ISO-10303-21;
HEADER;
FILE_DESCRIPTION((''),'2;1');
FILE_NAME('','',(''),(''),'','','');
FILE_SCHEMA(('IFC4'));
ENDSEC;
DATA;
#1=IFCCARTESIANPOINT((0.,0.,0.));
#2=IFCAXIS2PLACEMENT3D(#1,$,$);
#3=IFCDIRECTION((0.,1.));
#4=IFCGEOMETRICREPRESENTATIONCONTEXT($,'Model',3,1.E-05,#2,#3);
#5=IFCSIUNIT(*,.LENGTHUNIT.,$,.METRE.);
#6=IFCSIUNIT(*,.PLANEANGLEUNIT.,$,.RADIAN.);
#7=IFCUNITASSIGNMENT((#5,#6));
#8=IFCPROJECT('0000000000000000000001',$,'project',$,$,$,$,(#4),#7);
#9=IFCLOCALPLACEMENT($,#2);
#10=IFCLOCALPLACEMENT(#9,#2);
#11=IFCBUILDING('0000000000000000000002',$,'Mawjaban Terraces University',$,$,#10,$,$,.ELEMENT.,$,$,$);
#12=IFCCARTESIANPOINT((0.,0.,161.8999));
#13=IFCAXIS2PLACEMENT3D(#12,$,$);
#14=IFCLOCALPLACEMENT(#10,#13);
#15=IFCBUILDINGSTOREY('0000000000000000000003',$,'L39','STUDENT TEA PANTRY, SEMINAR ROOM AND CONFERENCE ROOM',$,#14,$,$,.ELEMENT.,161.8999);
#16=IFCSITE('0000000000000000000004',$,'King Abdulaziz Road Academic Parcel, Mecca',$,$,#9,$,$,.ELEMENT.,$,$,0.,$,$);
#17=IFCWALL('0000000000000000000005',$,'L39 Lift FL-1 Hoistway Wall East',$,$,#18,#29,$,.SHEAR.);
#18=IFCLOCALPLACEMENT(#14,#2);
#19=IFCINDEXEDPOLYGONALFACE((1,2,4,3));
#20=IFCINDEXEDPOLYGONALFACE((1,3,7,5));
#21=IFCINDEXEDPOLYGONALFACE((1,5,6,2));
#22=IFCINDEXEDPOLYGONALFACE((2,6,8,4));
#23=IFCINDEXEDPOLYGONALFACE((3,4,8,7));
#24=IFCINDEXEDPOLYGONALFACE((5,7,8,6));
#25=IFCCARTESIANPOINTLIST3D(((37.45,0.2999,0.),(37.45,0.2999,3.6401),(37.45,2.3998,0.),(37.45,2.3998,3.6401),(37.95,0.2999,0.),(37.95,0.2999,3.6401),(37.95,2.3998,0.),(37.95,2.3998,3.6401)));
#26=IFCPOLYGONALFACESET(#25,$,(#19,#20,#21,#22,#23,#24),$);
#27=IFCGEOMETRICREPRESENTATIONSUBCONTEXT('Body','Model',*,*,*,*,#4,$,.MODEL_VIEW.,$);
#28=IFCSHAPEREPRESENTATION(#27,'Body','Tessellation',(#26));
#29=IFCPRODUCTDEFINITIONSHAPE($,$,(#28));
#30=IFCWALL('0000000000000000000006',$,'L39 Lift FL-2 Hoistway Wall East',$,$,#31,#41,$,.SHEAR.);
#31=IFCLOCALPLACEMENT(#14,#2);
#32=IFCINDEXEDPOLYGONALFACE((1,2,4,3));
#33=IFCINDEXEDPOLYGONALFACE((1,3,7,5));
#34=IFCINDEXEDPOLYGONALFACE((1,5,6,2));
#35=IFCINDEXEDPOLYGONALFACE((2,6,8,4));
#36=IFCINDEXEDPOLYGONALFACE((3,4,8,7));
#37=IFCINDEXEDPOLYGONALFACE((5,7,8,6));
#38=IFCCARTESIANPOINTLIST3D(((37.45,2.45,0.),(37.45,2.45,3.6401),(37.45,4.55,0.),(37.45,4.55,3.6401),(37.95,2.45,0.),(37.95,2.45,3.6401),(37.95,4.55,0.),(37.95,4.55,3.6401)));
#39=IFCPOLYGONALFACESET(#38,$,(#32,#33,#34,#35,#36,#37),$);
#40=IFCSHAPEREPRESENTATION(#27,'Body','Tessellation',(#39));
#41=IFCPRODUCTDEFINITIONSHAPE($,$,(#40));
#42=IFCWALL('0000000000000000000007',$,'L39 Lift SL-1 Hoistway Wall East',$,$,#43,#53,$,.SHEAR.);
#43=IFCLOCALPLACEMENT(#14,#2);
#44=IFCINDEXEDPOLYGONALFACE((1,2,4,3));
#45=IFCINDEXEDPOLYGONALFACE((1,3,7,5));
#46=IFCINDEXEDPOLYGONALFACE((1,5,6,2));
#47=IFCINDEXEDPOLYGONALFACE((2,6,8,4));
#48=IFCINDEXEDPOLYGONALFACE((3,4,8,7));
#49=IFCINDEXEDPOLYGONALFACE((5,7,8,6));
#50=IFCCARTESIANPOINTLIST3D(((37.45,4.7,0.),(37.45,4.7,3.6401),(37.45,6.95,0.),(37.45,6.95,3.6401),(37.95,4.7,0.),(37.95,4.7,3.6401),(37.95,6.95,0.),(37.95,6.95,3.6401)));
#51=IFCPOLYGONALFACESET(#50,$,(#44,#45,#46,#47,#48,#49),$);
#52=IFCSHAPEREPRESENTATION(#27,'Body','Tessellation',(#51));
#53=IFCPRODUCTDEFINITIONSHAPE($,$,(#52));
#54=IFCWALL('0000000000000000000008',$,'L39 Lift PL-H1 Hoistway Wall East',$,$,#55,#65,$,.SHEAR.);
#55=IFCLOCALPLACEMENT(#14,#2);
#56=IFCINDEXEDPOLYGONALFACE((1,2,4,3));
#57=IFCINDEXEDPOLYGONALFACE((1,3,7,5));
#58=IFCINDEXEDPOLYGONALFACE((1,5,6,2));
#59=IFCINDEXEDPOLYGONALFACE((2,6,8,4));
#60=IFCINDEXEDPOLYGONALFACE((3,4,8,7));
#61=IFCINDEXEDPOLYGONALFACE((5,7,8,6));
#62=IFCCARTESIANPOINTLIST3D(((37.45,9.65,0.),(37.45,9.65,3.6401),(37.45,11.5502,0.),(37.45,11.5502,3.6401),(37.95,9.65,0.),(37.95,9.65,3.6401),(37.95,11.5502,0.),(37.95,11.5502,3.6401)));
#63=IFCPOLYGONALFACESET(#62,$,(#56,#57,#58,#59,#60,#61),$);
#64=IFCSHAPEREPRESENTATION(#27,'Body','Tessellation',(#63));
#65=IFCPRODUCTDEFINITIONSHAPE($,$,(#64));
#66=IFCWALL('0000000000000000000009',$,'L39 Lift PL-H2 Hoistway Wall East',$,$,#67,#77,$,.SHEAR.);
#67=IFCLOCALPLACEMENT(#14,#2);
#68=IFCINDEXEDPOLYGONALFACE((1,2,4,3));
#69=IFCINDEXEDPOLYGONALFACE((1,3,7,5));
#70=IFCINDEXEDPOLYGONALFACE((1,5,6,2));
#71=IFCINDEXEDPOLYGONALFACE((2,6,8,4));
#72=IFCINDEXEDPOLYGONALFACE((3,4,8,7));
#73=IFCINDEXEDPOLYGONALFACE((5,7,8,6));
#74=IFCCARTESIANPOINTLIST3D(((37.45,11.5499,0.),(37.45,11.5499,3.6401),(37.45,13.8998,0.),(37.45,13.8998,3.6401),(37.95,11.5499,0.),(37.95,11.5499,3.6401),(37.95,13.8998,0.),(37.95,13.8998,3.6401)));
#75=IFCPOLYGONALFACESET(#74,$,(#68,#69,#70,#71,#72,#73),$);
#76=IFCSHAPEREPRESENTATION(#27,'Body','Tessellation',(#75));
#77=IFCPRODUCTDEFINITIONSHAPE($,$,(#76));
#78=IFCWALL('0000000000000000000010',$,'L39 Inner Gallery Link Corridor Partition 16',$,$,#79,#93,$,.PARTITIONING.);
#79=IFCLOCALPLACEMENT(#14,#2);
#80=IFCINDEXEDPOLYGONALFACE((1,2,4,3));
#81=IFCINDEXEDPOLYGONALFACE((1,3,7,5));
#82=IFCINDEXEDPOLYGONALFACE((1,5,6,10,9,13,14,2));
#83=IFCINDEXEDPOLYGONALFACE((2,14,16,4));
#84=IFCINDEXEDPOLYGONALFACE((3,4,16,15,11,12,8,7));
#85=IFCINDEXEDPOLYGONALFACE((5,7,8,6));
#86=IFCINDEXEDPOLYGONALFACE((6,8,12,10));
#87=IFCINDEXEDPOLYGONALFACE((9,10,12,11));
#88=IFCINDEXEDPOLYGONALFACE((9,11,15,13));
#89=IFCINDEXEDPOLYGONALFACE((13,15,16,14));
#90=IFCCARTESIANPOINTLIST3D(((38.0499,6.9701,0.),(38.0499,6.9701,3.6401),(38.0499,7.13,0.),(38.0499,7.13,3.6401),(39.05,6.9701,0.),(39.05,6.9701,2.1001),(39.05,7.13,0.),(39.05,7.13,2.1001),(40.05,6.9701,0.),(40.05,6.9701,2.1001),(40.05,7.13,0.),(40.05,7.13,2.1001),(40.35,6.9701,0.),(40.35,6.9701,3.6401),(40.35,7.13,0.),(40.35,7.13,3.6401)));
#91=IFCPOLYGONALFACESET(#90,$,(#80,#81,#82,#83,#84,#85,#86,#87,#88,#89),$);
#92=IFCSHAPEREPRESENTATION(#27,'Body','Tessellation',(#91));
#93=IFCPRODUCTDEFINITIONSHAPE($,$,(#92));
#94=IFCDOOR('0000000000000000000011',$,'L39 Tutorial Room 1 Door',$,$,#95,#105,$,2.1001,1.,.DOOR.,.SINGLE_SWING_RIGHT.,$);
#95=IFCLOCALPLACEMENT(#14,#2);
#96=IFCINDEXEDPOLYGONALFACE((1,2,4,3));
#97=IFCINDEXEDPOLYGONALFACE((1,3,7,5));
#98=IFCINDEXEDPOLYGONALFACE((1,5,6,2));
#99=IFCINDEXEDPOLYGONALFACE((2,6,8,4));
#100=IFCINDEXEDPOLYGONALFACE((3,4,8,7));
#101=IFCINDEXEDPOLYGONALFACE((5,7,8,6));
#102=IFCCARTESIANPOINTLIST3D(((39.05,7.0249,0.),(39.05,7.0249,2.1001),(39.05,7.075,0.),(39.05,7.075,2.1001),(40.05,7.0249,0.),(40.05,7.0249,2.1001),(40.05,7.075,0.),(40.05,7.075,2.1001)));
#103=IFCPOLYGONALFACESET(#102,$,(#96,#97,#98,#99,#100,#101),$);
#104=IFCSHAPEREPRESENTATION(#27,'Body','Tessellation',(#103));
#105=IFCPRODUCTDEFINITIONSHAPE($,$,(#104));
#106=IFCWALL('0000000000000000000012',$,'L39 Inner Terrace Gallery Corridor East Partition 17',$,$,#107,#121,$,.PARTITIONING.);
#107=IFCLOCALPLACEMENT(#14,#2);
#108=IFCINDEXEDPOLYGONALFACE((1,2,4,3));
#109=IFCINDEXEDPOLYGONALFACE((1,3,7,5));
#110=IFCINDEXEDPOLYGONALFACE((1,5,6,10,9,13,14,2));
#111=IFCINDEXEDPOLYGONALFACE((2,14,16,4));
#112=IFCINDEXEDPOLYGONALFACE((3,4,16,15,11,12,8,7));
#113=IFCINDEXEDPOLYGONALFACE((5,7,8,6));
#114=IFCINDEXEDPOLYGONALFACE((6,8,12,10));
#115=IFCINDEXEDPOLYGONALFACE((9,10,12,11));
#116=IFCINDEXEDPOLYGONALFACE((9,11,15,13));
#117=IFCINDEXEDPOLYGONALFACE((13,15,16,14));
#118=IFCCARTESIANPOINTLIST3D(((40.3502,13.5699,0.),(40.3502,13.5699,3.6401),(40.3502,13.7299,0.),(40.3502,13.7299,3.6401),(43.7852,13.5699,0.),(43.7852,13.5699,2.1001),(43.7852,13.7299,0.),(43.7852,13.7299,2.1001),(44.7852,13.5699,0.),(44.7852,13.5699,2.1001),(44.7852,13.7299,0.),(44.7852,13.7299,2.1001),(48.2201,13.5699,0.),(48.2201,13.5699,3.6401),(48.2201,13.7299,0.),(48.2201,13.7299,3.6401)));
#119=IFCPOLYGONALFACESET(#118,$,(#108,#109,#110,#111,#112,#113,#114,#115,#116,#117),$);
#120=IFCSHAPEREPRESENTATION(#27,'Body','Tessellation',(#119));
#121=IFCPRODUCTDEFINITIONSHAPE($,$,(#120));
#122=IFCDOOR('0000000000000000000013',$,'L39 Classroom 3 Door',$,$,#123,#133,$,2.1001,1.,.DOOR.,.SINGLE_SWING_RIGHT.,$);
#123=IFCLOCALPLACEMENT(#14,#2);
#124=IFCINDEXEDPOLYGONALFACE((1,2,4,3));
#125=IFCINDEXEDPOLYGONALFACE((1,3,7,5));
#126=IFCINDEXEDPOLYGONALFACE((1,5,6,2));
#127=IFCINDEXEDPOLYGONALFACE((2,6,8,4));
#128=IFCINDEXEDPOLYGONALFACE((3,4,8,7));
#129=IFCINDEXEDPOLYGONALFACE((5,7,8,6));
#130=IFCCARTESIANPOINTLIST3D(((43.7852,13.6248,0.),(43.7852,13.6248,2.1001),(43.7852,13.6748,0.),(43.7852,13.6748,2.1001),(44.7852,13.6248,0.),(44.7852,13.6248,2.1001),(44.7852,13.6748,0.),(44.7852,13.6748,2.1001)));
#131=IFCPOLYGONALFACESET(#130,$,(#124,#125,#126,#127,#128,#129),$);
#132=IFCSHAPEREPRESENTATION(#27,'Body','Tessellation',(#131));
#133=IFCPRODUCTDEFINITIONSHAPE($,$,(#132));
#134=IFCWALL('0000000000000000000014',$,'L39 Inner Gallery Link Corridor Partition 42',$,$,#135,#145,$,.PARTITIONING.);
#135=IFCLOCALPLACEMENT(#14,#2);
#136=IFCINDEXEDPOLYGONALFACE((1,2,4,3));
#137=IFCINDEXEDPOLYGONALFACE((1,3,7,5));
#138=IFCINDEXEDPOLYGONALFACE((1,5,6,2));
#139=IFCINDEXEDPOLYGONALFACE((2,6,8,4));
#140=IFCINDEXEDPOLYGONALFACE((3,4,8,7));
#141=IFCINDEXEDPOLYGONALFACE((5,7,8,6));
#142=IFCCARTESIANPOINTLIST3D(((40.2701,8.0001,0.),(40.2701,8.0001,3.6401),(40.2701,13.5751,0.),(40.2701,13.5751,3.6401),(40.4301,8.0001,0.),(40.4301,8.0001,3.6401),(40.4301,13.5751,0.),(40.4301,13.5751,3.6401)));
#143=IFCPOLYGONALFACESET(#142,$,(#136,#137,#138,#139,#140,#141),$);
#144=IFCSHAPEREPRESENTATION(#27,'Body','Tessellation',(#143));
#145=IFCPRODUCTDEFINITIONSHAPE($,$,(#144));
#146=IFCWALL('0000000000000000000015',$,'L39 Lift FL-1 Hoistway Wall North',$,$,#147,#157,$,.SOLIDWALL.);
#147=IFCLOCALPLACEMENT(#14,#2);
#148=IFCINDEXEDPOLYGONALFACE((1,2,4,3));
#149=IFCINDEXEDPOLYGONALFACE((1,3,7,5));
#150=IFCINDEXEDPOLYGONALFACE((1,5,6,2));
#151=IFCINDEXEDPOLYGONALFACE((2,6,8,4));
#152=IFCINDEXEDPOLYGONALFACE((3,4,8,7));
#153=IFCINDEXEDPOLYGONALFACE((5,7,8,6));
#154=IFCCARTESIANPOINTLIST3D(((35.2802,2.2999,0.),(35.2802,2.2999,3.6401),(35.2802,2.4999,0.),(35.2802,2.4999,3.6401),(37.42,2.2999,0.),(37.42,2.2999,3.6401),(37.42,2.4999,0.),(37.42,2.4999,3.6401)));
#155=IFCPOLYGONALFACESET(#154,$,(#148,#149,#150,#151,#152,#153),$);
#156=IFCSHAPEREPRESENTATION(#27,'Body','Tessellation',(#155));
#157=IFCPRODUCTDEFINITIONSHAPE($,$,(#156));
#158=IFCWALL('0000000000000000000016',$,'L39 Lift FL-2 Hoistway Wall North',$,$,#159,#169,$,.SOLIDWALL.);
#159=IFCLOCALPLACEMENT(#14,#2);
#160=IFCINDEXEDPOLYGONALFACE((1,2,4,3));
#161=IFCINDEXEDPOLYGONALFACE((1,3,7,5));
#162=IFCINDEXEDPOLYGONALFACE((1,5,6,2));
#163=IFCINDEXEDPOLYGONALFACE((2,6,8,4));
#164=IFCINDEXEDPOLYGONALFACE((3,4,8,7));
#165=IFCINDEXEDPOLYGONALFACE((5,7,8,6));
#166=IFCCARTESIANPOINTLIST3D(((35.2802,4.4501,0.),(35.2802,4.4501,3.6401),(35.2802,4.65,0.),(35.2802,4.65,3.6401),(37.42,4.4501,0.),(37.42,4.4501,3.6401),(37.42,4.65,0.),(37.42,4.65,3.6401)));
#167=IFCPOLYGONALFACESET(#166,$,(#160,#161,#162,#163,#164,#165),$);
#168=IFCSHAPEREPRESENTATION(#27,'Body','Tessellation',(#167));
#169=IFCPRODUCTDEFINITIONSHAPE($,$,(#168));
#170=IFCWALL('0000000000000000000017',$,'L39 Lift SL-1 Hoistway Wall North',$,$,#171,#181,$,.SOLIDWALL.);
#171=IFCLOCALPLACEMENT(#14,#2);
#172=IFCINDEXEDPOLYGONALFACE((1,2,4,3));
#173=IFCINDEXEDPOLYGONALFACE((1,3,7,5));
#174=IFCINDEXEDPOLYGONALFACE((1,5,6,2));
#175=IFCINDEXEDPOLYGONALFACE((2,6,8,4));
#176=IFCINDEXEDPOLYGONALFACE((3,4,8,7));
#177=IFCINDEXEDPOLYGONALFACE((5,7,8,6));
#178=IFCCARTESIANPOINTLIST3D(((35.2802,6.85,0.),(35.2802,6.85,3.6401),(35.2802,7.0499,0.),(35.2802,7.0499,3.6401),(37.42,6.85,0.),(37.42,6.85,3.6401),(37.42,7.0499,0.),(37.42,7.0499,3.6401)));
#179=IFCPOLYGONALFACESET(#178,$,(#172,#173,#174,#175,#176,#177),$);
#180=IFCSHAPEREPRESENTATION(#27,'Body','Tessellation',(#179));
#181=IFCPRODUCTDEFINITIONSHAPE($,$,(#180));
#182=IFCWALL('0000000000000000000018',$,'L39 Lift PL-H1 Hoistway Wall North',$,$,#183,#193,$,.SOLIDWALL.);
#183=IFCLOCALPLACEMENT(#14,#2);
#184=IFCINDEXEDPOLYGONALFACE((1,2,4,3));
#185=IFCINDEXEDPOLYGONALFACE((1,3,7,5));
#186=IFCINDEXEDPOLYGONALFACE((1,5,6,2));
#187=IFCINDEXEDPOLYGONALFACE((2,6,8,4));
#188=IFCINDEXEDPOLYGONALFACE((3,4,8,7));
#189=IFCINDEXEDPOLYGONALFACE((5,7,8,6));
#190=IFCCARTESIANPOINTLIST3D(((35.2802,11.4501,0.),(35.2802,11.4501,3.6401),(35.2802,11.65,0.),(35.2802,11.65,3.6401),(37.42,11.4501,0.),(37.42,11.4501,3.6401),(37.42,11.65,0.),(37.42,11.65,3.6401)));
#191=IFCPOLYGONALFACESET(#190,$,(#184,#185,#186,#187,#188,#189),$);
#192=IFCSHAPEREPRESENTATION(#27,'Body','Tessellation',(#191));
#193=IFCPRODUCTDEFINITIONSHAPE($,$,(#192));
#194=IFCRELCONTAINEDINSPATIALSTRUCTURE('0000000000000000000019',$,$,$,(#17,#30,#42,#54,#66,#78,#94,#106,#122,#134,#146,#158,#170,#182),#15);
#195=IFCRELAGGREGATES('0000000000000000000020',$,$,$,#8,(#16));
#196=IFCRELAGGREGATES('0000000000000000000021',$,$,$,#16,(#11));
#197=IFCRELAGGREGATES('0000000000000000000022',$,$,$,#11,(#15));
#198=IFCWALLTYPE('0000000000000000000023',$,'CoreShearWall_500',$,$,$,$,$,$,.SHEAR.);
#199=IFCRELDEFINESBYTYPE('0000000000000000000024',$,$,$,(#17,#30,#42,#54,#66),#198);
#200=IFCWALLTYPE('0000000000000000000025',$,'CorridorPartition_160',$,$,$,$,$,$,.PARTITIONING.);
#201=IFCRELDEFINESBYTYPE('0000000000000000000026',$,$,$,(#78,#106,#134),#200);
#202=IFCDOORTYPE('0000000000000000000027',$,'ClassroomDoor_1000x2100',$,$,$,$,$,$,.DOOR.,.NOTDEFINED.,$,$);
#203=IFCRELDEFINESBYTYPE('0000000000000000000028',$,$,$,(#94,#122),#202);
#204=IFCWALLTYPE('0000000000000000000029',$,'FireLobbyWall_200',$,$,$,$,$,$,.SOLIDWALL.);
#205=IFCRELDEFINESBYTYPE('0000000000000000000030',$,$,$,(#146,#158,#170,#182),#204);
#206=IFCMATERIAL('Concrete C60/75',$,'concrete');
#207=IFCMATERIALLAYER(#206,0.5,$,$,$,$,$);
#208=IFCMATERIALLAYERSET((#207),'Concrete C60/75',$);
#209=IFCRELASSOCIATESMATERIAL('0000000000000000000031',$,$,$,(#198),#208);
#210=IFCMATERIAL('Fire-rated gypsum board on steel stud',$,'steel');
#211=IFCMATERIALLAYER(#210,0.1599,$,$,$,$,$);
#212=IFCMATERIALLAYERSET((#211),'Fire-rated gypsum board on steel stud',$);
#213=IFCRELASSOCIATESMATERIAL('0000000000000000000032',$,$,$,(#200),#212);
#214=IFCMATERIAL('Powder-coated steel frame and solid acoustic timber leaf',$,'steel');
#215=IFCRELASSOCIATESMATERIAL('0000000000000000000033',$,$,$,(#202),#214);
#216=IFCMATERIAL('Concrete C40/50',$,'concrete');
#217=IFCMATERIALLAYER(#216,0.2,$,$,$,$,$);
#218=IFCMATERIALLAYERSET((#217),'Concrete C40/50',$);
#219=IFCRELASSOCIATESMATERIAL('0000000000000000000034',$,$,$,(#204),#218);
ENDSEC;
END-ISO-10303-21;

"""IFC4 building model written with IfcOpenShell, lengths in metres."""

from ifc_helpers import new_model, si_unit, direction, frame, frame_2d, origin, place, context, subcontext, project, spatial, rectangle, extrude, material, layer, layer_set, type_object, element, fill, save


model = new_model("IFC4")

# Units and contexts
model_context = context("Model", 3, precision=1e-05, world=origin(), true_north=direction((0.0, 1.0)))
body_context = subcontext(model_context, "Body", "Model", "MODEL_VIEW")
ifc_project = project(units=[si_unit("LENGTHUNIT", "METRE"), si_unit("PLANEANGLEUNIT", "RADIAN")], contexts=[model_context])

# Site, building, storey
site_placement = place(None, origin())
site = spatial("IfcSite", under=ifc_project, at=site_placement, Name="King Abdulaziz Road Academic Parcel, Mecca", CompositionType="ELEMENT", RefElevation=0.0)
building_placement = place(site_placement, origin())
building = spatial("IfcBuilding", under=site, at=building_placement, Name="Mawjaban Terraces University", CompositionType="ELEMENT")
storey_placement = place(building_placement, frame((0.0, 0.0, 161.8999)))
storey = spatial("IfcBuildingStorey", under=building, at=storey_placement, Name="L39", Description="STUDENT TEA PANTRY, SEMINAR ROOM AND CONFERENCE ROOM", CompositionType="ELEMENT", Elevation=161.8999)

# Shared definitions
ifc_material_1 = material(Name="Concrete C60/75", Category="concrete")

# Walls
ifc_layer_1 = layer(ifc_material_1, 0.5)
ifc_layer_set_1 = layer_set([ifc_layer_1], Name="Concrete C60/75")
wall_type_1 = type_object("IfcWallType", Name="CoreShearWall_500", PredefinedType="SHEAR", material=ifc_layer_set_1)
wall_1_placement = place(storey_placement, frame((37.7, 0.3, 0.0), z_axis=(0.0, 0.0, 1.0), x_axis=(0.0, 1.0, 0.0)))
element("IfcWall", 1, at=wall_1_placement, inside=storey, type_object=wall_type_1, Name="L39 Lift FL-1 Hoistway Wall East", PredefinedType="SHEAR", context=body_context, shape_type="SweptSolid", body=[
    extrude(rectangle(XDim=2.0999, YDim=0.5, at=frame_2d((1.0498, 0.0))), origin(), (0.0, 0.0, 1.0), 3.6401),
])
wall_2_placement = place(storey_placement, frame((37.7, 2.45, 0.0), z_axis=(0.0, 0.0, 1.0), x_axis=(0.0, 1.0, 0.0)))
element("IfcWall", 2, at=wall_2_placement, inside=storey, type_object=wall_type_1, Name="L39 Lift FL-2 Hoistway Wall East", PredefinedType="SHEAR", context=body_context, shape_type="SweptSolid", body=[
    extrude(rectangle(XDim=2.1001, YDim=0.5, at=frame_2d((1.05, 0.0))), origin(), (0.0, 0.0, 1.0), 3.6401),
])
wall_3_placement = place(storey_placement, frame((37.7, 4.7, 0.0), z_axis=(0.0, 0.0, 1.0), x_axis=(0.0, 1.0, 0.0)))
element("IfcWall", 3, at=wall_3_placement, inside=storey, type_object=wall_type_1, Name="L39 Lift SL-1 Hoistway Wall East", PredefinedType="SHEAR", context=body_context, shape_type="SweptSolid", body=[
    extrude(rectangle(XDim=2.25, YDim=0.5, at=frame_2d((1.125, 0.0))), origin(), (0.0, 0.0, 1.0), 3.6401),
])
wall_4_placement = place(storey_placement, frame((37.7, 9.6499, 0.0), z_axis=(0.0, 0.0, 1.0), x_axis=(0.0, 1.0, 0.0)))
element("IfcWall", 4, at=wall_4_placement, inside=storey, type_object=wall_type_1, Name="L39 Lift PL-H1 Hoistway Wall East", PredefinedType="SHEAR", context=body_context, shape_type="SweptSolid", body=[
    extrude(rectangle(XDim=1.9001, YDim=0.5, at=frame_2d((0.9502, 0.0))), origin(), (0.0, 0.0, 1.0), 3.6401),
])
wall_5_placement = place(storey_placement, frame((37.7, 11.55, 0.0), z_axis=(0.0, 0.0, 1.0), x_axis=(0.0, 1.0, 0.0)))
element("IfcWall", 5, at=wall_5_placement, inside=storey, type_object=wall_type_1, Name="L39 Lift PL-H2 Hoistway Wall East", PredefinedType="SHEAR", context=body_context, shape_type="SweptSolid", body=[
    extrude(rectangle(XDim=2.3499, YDim=0.5, at=frame_2d((1.1748, 0.0))), origin(), (0.0, 0.0, 1.0), 3.6401),
])

# Walls, openings, doors
ifc_material_2 = material(Name="Fire-rated gypsum board on steel stud", Category="steel")
ifc_layer_2 = layer(ifc_material_2, 0.1599)
ifc_layer_set_2 = layer_set([ifc_layer_2], Name="Fire-rated gypsum board on steel stud")
wall_type_2 = type_object("IfcWallType", Name="CorridorPartition_160", PredefinedType="PARTITIONING", material=ifc_layer_set_2)
wall_6_placement = place(storey_placement, frame((38.05, 7.05, 0.0), z_axis=(0.0, 0.0, 1.0), x_axis=(1.0, 0.0, 0.0)))
wall_6 = element("IfcWall", 6, at=wall_6_placement, inside=storey, type_object=wall_type_2, Name="L39 Inner Gallery Link Corridor Partition 16", PredefinedType="PARTITIONING", context=body_context, shape_type="SweptSolid", body=[
    extrude(rectangle(XDim=2.3, YDim=0.1599, at=frame_2d((1.1499, 0.0))), origin(), (0.0, 0.0, 1.0), 3.6401),
])
opening_1_placement = place(wall_6_placement, frame((1.0, 0.0, 0.0)))
opening_1 = element("IfcOpeningElement", 7, at=opening_1_placement, cuts=wall_6, PredefinedType="OPENING", context=body_context, shape_type="SweptSolid", body=[
    extrude(rectangle(XDim=1.0, YDim=2.1001, at=frame_2d((0.5, 1.05))), frame((0.0, 0.0898, 0.0), z_axis=(0.0, -1.0, 0.0), x_axis=(1.0, 0.0, 0.0)), (0.0, 0.0, 1.0), 0.1799),
])
ifc_material_3 = material(Name="Powder-coated steel frame and solid acoustic timber leaf", Category="steel")
door_type_1 = type_object("IfcDoorType", Name="ClassroomDoor_1000x2100", OperationType="NOTDEFINED", PredefinedType="DOOR", material=ifc_material_3)
door_1_placement = place(opening_1_placement, origin())
door_1 = element("IfcDoor", 8, at=door_1_placement, inside=storey, type_object=door_type_1, Name="L39 Tutorial Room 1 Door", OperationType="SINGLE_SWING_RIGHT", OverallHeight=2.1001, OverallWidth=1.0, PredefinedType="DOOR", context=body_context, shape_type="SweptSolid", body=[
    extrude(rectangle(XDim=1.0, YDim=2.1001, at=frame_2d((0.5, 1.05))), frame((0.0, 0.0249, 0.0), z_axis=(0.0, -1.0, 0.0), x_axis=(1.0, 0.0, 0.0)), (0.0, 0.0, 1.0), 0.05),
])
fill(opening_1, door_1)
wall_7_placement = place(storey_placement, frame((40.3501, 13.6499, 0.0), z_axis=(0.0, 0.0, 1.0), x_axis=(1.0, 0.0, 0.0)))
wall_7 = element("IfcWall", 9, at=wall_7_placement, inside=storey, type_object=wall_type_2, Name="L39 Inner Terrace Gallery Corridor East Partition 17", PredefinedType="PARTITIONING", context=body_context, shape_type="SweptSolid", body=[
    extrude(rectangle(XDim=7.8699, YDim=0.1599, at=frame_2d((3.9351, 0.0))), origin(), (0.0, 0.0, 1.0), 3.6401),
])
opening_2_placement = place(wall_7_placement, frame((3.4351, 0.0, 0.0)))
opening_2 = element("IfcOpeningElement", 10, at=opening_2_placement, cuts=wall_7, PredefinedType="OPENING", context=body_context, shape_type="SweptSolid", body=[
    extrude(rectangle(XDim=1.0, YDim=2.1001, at=frame_2d((0.5, 1.05))), frame((0.0, 0.0898, 0.0), z_axis=(0.0, -1.0, 0.0), x_axis=(1.0, 0.0, 0.0)), (0.0, 0.0, 1.0), 0.1799),
])
door_2_placement = place(opening_2_placement, origin())
door_2 = element("IfcDoor", 11, at=door_2_placement, inside=storey, type_object=door_type_1, Name="L39 Classroom 3 Door", OperationType="SINGLE_SWING_RIGHT", OverallHeight=2.1001, OverallWidth=1.0, PredefinedType="DOOR", context=body_context, shape_type="SweptSolid", body=[
    extrude(rectangle(XDim=1.0, YDim=2.1001, at=frame_2d((0.5, 1.05))), frame((0.0, 0.0249, 0.0), z_axis=(0.0, -1.0, 0.0), x_axis=(1.0, 0.0, 0.0)), (0.0, 0.0, 1.0), 0.05),
])
fill(opening_2, door_2)

# Walls
wall_8_placement = place(storey_placement, frame((40.3501, 8.0, 0.0), z_axis=(0.0, 0.0, 1.0), x_axis=(0.0, 1.0, 0.0)))
element("IfcWall", 12, at=wall_8_placement, inside=storey, type_object=wall_type_2, Name="L39 Inner Gallery Link Corridor Partition 42", PredefinedType="PARTITIONING", context=body_context, shape_type="SweptSolid", body=[
    extrude(rectangle(XDim=5.575, YDim=0.1599, at=frame_2d((2.7876, 0.0))), origin(), (0.0, 0.0, 1.0), 3.6401),
])
ifc_material_4 = material(Name="Concrete C40/50", Category="concrete")
ifc_layer_3 = layer(ifc_material_4, 0.2)
ifc_layer_set_3 = layer_set([ifc_layer_3], Name="Concrete C40/50")
wall_type_3 = type_object("IfcWallType", Name="FireLobbyWall_200", PredefinedType="SOLIDWALL", material=ifc_layer_set_3)
for number, where, z_axis, x_axis, name in (
    (13, (37.4199, 2.3999, 0.0), (0.0, 0.0, 1.0), (-1.0, 0.0, 0.0), "L39 Lift FL-1 Hoistway Wall North"),
    (14, (37.4199, 4.55, 0.0), (0.0, 0.0, 1.0), (-1.0, 0.0, 0.0), "L39 Lift FL-2 Hoistway Wall North"),
    (15, (37.4199, 6.95, 0.0), (0.0, 0.0, 1.0), (-1.0, 0.0, 0.0), "L39 Lift SL-1 Hoistway Wall North"),
    (16, (37.4199, 11.55, 0.0), (0.0, 0.0, 1.0), (-1.0, 0.0, 0.0), "L39 Lift PL-H1 Hoistway Wall North"),
):
    element("IfcWall", number, at=place(storey_placement, frame(where, z_axis=z_axis, x_axis=x_axis)), inside=storey, type_object=wall_type_3, Name=name, PredefinedType="SOLIDWALL", context=body_context, shape_type="SweptSolid", body=[
        extrude(rectangle(XDim=2.1399, YDim=0.2, at=frame_2d((1.0698, 0.0))), origin(), (0.0, 0.0, 1.0), 3.6401),
    ])

save(model, "model.ifc")
